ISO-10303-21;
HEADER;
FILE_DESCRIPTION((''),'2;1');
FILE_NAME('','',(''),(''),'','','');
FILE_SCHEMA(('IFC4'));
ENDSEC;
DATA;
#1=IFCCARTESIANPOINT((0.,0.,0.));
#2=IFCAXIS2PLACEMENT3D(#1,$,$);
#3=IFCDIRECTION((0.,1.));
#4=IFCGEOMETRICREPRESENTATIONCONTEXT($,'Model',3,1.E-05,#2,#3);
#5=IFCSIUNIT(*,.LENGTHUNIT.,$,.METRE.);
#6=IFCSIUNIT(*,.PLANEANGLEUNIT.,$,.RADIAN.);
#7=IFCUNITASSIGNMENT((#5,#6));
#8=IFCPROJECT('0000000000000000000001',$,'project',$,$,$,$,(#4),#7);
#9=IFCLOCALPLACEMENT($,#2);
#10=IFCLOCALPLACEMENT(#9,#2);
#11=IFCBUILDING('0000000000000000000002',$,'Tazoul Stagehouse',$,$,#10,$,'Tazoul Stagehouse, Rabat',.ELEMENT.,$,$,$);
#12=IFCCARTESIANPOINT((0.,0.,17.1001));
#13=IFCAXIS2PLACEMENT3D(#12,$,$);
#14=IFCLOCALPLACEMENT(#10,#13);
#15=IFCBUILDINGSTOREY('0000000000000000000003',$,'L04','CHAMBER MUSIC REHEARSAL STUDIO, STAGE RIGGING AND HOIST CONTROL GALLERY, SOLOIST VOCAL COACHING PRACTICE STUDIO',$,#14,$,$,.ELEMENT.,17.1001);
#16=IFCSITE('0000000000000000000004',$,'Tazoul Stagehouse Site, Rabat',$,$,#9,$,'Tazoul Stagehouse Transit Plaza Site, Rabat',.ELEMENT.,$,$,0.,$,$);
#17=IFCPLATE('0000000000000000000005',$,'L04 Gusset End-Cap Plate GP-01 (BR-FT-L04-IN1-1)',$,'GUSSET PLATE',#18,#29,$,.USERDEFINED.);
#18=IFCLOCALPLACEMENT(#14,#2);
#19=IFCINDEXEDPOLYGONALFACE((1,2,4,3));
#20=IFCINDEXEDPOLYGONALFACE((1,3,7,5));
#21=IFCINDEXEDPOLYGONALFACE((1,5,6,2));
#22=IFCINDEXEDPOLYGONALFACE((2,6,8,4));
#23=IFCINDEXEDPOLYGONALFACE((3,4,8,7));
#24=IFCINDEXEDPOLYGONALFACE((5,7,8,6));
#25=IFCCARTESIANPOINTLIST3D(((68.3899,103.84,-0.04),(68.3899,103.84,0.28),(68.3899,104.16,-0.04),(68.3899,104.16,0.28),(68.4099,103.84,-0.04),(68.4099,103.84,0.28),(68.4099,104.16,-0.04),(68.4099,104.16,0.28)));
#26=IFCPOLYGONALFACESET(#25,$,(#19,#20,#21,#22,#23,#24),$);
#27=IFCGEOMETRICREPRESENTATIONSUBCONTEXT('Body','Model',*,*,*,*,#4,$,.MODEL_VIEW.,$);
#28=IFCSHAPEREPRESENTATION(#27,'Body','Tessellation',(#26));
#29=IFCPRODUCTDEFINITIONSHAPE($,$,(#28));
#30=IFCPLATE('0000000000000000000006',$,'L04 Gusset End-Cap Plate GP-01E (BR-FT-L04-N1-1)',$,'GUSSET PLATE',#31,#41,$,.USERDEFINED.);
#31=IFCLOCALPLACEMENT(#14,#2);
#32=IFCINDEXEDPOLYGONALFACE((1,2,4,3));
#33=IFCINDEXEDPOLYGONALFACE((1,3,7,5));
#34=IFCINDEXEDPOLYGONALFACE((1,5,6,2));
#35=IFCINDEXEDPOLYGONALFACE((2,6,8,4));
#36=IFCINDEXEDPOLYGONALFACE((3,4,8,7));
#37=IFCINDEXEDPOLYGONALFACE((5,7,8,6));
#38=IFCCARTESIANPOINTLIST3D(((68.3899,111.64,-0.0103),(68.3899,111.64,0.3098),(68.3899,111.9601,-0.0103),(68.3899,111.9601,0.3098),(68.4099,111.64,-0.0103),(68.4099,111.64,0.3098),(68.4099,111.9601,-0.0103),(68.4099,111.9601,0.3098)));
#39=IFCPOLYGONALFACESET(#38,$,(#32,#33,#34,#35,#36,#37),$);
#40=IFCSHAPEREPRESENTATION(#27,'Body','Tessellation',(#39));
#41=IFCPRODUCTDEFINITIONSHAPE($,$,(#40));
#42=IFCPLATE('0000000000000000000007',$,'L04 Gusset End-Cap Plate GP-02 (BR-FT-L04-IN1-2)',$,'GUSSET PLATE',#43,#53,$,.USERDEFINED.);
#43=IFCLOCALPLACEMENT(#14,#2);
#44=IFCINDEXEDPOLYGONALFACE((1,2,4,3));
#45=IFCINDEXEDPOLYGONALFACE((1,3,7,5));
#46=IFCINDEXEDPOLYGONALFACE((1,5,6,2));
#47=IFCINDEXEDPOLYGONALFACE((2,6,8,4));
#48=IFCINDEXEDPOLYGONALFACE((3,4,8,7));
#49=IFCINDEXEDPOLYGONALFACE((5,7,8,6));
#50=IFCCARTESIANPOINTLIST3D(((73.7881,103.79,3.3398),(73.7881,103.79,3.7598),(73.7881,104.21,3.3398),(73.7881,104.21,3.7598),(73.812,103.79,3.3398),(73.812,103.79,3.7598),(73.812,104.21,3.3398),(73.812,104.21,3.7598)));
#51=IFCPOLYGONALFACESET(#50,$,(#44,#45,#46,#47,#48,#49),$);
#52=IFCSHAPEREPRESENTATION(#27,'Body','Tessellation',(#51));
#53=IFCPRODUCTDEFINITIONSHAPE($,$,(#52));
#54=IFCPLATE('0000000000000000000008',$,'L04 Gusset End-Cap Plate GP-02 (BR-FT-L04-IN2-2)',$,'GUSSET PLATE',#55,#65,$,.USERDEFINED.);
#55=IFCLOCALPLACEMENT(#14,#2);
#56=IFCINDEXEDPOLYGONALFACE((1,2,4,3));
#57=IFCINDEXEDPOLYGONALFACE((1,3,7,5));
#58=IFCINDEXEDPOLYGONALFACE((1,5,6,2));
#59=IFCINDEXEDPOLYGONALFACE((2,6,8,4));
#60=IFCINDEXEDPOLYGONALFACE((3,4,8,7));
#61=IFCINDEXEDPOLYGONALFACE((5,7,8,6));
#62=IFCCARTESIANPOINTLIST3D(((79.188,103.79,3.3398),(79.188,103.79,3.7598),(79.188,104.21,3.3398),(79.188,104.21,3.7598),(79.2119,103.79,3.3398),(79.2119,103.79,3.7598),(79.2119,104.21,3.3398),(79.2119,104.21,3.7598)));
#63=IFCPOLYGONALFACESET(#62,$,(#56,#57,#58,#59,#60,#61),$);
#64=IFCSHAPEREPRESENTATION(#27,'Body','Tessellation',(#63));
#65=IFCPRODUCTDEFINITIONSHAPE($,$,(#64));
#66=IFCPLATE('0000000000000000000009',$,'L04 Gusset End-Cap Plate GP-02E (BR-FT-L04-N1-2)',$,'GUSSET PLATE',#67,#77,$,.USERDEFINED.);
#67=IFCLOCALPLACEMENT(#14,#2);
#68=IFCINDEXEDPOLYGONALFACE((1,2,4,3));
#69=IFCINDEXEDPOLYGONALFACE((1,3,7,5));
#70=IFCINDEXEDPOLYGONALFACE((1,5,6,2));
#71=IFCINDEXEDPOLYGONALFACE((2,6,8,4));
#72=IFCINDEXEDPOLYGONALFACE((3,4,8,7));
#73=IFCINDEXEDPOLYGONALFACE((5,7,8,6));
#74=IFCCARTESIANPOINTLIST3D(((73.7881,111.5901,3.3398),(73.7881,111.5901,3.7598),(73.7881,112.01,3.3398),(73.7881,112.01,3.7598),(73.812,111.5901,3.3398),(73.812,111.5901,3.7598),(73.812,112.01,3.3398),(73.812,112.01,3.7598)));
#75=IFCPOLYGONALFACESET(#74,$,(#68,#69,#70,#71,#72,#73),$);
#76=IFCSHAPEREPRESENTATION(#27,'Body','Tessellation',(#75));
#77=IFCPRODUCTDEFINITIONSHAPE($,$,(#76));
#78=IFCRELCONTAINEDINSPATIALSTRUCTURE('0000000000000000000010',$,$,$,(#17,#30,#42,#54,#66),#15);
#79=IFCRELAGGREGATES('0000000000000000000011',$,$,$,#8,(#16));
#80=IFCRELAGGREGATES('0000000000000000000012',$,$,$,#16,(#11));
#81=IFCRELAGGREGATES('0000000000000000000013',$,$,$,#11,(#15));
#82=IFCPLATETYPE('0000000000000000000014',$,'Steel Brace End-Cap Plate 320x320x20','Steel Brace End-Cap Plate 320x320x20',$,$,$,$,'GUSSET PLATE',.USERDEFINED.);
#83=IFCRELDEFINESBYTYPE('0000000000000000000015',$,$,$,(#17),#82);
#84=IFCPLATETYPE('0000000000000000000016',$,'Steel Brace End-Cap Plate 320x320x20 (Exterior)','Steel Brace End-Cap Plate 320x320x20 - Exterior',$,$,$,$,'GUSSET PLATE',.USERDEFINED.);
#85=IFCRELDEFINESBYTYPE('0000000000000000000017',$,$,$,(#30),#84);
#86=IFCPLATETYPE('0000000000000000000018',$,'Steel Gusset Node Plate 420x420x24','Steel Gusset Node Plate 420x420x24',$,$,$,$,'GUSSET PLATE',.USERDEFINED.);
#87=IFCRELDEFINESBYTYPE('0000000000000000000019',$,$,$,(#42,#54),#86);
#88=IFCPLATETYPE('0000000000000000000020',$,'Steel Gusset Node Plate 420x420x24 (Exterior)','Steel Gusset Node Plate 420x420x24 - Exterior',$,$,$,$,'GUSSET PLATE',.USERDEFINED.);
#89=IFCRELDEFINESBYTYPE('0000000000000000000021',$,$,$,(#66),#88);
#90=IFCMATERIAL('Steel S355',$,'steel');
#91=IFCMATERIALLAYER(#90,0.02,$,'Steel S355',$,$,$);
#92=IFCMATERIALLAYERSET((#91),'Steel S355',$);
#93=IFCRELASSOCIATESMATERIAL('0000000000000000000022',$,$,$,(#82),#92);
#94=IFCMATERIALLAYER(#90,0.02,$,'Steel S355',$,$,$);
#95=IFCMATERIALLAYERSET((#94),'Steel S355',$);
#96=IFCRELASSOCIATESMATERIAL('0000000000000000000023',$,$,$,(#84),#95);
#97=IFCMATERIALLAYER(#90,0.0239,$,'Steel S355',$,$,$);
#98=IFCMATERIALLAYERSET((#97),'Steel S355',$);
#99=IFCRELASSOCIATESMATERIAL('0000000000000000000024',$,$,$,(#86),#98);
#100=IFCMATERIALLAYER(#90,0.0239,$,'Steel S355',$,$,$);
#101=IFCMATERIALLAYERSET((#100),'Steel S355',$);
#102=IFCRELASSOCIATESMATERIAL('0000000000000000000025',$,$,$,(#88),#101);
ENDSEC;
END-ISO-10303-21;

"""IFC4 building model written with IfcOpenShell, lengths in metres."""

from ifc_helpers import new_model, si_unit, direction, frame, origin, origin_2d, place, context, subcontext, project, spatial, rectangle, extrude, material, layer, layer_set, type_object, element, save


model = new_model("IFC4")

# Units and contexts
model_context = context("Model", 3, precision=1e-05, world=origin(), true_north=direction((0.0, 1.0)))
body_context = subcontext(model_context, "Body", "Model", "MODEL_VIEW")
ifc_project = project(units=[si_unit("LENGTHUNIT", "METRE"), si_unit("PLANEANGLEUNIT", "RADIAN")], contexts=[model_context])

# Site, building, storey
site_placement = place(None, origin())
site = spatial("IfcSite", under=ifc_project, at=site_placement, Name="Tazoul Stagehouse Site, Rabat", LongName="Tazoul Stagehouse Transit Plaza Site, Rabat", CompositionType="ELEMENT", RefElevation=0.0)
building_placement = place(site_placement, origin())
building = spatial("IfcBuilding", under=site, at=building_placement, Name="Tazoul Stagehouse", LongName="Tazoul Stagehouse, Rabat", CompositionType="ELEMENT")
storey_placement = place(building_placement, frame((0.0, 0.0, 17.1001)))
storey = spatial("IfcBuildingStorey", under=building, at=storey_placement, Name="L04", Description="CHAMBER MUSIC REHEARSAL STUDIO, STAGE RIGGING AND HOIST CONTROL GALLERY, SOLOIST VOCAL COACHING PRACTICE STUDIO", CompositionType="ELEMENT", Elevation=17.1001)

# Shared definitions
ifc_material_1 = material(Name="Steel S355", Category="steel")

# Plates
ifc_layer_1 = layer(ifc_material_1, 0.02, Name="Steel S355")
ifc_layer_set_1 = layer_set([ifc_layer_1], Name="Steel S355")
plate_type_1 = type_object("IfcPlateType", Name="Steel Brace End-Cap Plate 320x320x20", Description="Steel Brace End-Cap Plate 320x320x20", ElementType="GUSSET PLATE", PredefinedType="USERDEFINED", material=ifc_layer_set_1)
plate_1_placement = place(storey_placement, frame((68.3999, 104.0, -0.04), z_axis=(0.0, 0.0, 1.0), x_axis=(1.0, 0.0, 0.0)))
element("IfcPlate", 1, at=plate_1_placement, inside=storey, type_object=plate_type_1, Name="L04 Gusset End-Cap Plate GP-01 (BR-FT-L04-IN1-1)", ObjectType="GUSSET PLATE", PredefinedType="USERDEFINED", context=body_context, shape_type="SweptSolid", body=[
    extrude(rectangle(XDim=0.02, YDim=0.3201, at=origin_2d()), origin(), (0.0, 0.0, 1.0), 0.3201),
])
ifc_layer_2 = layer(ifc_material_1, 0.02, Name="Steel S355")
ifc_layer_set_2 = layer_set([ifc_layer_2], Name="Steel S355")
plate_type_2 = type_object("IfcPlateType", Name="Steel Brace End-Cap Plate 320x320x20 (Exterior)", Description="Steel Brace End-Cap Plate 320x320x20 - Exterior", ElementType="GUSSET PLATE", PredefinedType="USERDEFINED", material=ifc_layer_set_2)
plate_2_placement = place(storey_placement, frame((68.3999, 111.8, -0.0103), z_axis=(0.0, 0.0, 1.0), x_axis=(1.0, 0.0, 0.0)))
element("IfcPlate", 2, at=plate_2_placement, inside=storey, type_object=plate_type_2, Name="L04 Gusset End-Cap Plate GP-01E (BR-FT-L04-N1-1)", ObjectType="GUSSET PLATE", PredefinedType="USERDEFINED", context=body_context, shape_type="SweptSolid", body=[
    extrude(rectangle(XDim=0.02, YDim=0.3201, at=origin_2d()), origin(), (0.0, 0.0, 1.0), 0.3201),
])
ifc_layer_3 = layer(ifc_material_1, 0.0239, Name="Steel S355")
ifc_layer_set_3 = layer_set([ifc_layer_3], Name="Steel S355")
plate_type_3 = type_object("IfcPlateType", Name="Steel Gusset Node Plate 420x420x24", Description="Steel Gusset Node Plate 420x420x24", ElementType="GUSSET PLATE", PredefinedType="USERDEFINED", material=ifc_layer_set_3)
for number, where, z_axis, x_axis, name in (
    (3, (73.8, 104.0, 3.3398), (0.0, 0.0, 1.0), (1.0, 0.0, 0.0), "L04 Gusset End-Cap Plate GP-02 (BR-FT-L04-IN1-2)"),
    (4, (79.2, 104.0, 3.3398), (0.0, 0.0, 1.0), (-1.0, 0.0, 0.0), "L04 Gusset End-Cap Plate GP-02 (BR-FT-L04-IN2-2)"),
):
    element("IfcPlate", number, at=place(storey_placement, frame(where, z_axis=z_axis, x_axis=x_axis)), inside=storey, type_object=plate_type_3, Name=name, ObjectType="GUSSET PLATE", PredefinedType="USERDEFINED", context=body_context, shape_type="SweptSolid", body=[
        extrude(rectangle(XDim=0.0239, YDim=0.4199, at=origin_2d()), origin(), (0.0, 0.0, 1.0), 0.4199),
    ])
ifc_layer_4 = layer(ifc_material_1, 0.0239, Name="Steel S355")
ifc_layer_set_4 = layer_set([ifc_layer_4], Name="Steel S355")
plate_type_4 = type_object("IfcPlateType", Name="Steel Gusset Node Plate 420x420x24 (Exterior)", Description="Steel Gusset Node Plate 420x420x24 - Exterior", ElementType="GUSSET PLATE", PredefinedType="USERDEFINED", material=ifc_layer_set_4)
plate_3_placement = place(storey_placement, frame((73.8, 111.8, 3.3398), z_axis=(0.0, 0.0, 1.0), x_axis=(1.0, 0.0, 0.0)))
element("IfcPlate", 5, at=plate_3_placement, inside=storey, type_object=plate_type_4, Name="L04 Gusset End-Cap Plate GP-02E (BR-FT-L04-N1-2)", ObjectType="GUSSET PLATE", PredefinedType="USERDEFINED", context=body_context, shape_type="SweptSolid", body=[
    extrude(rectangle(XDim=0.0239, YDim=0.4199, at=origin_2d()), origin(), (0.0, 0.0, 1.0), 0.4199),
])

save(model, "model.ifc")
